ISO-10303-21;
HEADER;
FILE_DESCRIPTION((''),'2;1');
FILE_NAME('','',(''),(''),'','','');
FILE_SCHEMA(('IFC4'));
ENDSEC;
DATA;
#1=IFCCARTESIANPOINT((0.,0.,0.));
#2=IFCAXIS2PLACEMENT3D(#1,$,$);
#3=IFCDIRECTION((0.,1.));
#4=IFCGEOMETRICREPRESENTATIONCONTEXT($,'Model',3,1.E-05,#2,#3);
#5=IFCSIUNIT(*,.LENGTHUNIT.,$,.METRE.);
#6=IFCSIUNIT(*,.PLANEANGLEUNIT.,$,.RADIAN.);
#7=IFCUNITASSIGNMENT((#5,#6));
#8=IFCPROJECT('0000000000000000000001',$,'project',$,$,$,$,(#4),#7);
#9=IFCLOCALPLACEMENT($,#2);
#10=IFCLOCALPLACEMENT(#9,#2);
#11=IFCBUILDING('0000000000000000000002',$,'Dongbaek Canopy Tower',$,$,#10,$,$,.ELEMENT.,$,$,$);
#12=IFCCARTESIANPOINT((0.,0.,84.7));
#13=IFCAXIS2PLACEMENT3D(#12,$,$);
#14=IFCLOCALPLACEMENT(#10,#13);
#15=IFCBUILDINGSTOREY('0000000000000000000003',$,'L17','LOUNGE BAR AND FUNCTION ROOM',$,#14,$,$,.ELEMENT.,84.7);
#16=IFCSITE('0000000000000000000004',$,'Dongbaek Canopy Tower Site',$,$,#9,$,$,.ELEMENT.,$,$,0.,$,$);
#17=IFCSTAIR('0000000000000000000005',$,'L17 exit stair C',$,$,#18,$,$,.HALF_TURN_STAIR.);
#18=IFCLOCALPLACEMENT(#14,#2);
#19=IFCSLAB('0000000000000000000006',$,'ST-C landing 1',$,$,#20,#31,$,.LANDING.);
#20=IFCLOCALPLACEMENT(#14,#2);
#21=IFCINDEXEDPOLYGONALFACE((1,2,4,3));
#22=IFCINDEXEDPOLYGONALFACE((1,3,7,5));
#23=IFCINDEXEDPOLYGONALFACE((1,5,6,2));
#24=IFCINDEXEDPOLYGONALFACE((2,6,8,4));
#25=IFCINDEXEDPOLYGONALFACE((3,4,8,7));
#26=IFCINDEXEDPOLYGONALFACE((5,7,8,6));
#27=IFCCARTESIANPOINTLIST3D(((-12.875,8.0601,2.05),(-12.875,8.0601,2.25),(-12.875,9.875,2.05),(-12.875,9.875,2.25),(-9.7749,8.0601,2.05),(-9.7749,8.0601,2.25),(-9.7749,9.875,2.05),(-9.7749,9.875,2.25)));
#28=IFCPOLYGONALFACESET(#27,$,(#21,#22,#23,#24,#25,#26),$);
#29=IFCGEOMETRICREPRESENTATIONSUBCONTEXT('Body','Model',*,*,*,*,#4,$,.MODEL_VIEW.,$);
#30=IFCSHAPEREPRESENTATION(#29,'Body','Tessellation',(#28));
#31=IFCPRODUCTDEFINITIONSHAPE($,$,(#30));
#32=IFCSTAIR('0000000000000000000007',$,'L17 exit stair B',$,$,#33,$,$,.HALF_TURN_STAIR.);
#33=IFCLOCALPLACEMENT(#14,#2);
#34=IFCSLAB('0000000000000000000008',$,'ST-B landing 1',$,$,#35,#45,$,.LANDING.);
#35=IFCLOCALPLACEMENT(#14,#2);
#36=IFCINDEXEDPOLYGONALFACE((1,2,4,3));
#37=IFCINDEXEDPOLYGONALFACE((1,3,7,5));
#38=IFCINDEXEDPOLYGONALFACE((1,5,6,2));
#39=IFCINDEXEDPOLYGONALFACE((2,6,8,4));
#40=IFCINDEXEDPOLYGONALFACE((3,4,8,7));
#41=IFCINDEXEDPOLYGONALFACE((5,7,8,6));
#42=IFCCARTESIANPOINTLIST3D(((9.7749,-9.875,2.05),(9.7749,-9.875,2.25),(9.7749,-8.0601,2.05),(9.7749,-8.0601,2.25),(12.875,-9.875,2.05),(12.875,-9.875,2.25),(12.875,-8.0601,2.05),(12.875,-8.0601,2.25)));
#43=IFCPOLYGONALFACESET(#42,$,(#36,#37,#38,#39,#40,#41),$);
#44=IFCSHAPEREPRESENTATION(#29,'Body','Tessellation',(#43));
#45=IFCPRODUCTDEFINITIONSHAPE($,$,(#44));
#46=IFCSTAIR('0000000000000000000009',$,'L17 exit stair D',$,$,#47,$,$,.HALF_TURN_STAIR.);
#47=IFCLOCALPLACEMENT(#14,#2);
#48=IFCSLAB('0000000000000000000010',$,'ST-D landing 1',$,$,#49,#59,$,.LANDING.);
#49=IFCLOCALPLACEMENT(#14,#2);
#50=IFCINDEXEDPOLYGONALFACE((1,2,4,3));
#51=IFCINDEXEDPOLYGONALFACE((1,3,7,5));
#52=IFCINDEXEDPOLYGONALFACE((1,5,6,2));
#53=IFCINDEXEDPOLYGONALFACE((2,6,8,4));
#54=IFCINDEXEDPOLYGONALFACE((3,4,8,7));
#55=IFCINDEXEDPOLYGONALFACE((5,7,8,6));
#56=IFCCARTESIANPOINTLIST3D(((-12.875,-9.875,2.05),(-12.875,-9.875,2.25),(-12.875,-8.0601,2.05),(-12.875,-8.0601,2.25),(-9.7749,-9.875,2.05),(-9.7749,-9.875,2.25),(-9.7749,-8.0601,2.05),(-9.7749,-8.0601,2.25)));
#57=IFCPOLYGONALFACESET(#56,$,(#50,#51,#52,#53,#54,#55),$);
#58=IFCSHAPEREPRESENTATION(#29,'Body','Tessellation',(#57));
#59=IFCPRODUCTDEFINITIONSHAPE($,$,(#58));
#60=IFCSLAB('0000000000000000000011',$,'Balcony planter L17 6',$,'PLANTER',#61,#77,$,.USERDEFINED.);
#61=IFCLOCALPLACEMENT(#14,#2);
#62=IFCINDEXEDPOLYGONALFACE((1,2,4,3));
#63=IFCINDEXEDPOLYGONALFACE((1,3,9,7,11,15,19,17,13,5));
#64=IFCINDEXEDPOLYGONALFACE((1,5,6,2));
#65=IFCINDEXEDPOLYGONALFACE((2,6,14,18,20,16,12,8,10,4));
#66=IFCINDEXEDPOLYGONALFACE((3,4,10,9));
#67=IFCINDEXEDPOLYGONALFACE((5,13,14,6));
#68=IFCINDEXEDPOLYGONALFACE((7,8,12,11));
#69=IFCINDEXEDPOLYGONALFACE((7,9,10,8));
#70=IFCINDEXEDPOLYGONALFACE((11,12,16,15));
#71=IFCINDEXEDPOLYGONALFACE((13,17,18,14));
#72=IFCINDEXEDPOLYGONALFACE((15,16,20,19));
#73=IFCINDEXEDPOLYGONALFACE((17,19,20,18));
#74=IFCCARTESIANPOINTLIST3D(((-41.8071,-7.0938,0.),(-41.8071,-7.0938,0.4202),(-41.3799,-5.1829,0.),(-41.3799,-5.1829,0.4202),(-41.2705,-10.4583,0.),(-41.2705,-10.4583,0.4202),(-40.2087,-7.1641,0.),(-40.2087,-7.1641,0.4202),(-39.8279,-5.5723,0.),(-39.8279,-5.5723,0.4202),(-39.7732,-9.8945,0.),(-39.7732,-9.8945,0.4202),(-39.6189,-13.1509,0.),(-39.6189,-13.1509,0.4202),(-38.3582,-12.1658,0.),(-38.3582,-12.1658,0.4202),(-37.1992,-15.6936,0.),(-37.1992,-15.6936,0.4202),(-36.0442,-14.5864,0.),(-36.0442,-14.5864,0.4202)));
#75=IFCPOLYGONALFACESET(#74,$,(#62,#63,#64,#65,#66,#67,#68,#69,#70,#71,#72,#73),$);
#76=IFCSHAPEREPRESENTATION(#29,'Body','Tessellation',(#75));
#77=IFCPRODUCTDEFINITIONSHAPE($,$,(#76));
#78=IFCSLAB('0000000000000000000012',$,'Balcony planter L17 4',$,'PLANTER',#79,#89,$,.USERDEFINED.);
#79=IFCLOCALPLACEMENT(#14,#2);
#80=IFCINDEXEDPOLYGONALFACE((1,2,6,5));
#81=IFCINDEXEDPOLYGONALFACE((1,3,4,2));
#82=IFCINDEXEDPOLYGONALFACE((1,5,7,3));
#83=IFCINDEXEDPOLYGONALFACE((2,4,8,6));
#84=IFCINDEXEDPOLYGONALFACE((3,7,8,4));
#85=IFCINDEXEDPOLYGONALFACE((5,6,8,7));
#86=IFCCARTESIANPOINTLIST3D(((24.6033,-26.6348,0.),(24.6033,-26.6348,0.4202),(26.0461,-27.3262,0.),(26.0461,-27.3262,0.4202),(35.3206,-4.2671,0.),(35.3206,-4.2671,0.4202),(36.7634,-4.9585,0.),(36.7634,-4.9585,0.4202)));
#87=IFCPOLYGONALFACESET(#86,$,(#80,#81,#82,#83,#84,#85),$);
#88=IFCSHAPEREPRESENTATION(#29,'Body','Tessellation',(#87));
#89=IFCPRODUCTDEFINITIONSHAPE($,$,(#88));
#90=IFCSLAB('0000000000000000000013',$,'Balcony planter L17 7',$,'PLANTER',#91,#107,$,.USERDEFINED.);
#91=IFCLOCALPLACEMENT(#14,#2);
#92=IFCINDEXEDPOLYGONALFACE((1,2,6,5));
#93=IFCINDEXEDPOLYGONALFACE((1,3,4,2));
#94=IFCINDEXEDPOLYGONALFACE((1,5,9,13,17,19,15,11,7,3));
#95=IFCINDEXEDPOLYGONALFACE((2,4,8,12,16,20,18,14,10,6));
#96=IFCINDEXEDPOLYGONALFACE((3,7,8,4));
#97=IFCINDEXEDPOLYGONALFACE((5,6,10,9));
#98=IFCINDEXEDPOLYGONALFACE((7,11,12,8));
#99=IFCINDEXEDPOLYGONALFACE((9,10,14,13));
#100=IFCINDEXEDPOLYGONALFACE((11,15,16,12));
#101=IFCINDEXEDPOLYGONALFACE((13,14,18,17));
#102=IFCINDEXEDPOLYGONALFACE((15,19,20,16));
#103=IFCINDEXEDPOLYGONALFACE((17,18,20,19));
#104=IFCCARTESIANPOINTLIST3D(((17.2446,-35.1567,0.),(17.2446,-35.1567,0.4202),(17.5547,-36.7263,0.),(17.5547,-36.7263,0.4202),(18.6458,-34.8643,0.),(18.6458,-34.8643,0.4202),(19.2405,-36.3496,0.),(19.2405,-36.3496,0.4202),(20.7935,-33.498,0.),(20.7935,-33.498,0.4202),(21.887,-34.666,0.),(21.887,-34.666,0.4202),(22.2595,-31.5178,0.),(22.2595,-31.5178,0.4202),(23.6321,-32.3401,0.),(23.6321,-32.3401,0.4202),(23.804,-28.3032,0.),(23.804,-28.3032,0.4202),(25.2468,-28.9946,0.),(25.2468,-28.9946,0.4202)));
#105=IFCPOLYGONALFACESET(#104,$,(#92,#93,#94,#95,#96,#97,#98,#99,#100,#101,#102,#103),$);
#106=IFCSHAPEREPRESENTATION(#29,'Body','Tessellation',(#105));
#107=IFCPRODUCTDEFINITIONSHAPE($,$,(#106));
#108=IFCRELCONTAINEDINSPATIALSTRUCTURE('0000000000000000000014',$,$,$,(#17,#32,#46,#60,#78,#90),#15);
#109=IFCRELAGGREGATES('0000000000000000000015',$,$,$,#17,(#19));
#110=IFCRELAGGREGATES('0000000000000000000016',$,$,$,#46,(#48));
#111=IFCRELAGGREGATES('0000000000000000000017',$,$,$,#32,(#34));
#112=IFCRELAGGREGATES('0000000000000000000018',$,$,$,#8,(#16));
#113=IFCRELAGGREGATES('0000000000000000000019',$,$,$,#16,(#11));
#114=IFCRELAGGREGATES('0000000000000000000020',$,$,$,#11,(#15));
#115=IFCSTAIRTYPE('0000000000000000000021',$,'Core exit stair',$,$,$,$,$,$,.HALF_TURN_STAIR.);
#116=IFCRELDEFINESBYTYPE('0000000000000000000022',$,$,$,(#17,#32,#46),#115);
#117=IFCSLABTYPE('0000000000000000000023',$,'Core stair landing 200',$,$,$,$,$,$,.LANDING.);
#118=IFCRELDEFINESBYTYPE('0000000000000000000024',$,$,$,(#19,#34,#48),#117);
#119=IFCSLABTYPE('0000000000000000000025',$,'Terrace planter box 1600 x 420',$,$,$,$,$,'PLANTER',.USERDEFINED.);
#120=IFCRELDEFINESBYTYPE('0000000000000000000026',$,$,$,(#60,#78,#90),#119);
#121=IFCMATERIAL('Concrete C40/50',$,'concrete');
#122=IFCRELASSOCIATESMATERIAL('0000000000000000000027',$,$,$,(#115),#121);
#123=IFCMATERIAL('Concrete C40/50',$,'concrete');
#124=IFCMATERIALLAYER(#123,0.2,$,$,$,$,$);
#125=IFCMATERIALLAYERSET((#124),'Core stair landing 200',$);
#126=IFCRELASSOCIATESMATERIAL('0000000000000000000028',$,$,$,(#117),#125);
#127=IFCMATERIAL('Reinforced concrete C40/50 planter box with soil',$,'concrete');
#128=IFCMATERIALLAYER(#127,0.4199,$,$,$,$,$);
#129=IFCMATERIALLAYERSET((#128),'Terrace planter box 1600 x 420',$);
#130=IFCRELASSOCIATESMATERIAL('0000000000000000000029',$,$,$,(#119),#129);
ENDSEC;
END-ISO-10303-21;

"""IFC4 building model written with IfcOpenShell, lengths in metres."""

from ifc_helpers import new_model, si_unit, direction, frame, origin, place, context, subcontext, project, spatial, polyline, outline, extrude, material, layer, layer_set, type_object, element, aggregate, save


model = new_model("IFC4")

# Units and contexts
model_context = context("Model", 3, precision=1e-05, world=origin(), true_north=direction((0.0, 1.0)))
body_context = subcontext(model_context, "Body", "Model", "MODEL_VIEW")
ifc_project = project(units=[si_unit("LENGTHUNIT", "METRE"), si_unit("PLANEANGLEUNIT", "RADIAN")], contexts=[model_context])

# Site, building, storey
site_placement = place(None, origin())
site = spatial("IfcSite", under=ifc_project, at=site_placement, Name="Dongbaek Canopy Tower Site", CompositionType="ELEMENT", RefElevation=0.0)
building_placement = place(site_placement, origin())
building = spatial("IfcBuilding", under=site, at=building_placement, Name="Dongbaek Canopy Tower", CompositionType="ELEMENT")
storey_placement = place(building_placement, frame((0.0, 0.0, 84.7)))
storey = spatial("IfcBuildingStorey", under=building, at=storey_placement, Name="L17", Description="LOUNGE BAR AND FUNCTION ROOM", CompositionType="ELEMENT", Elevation=84.7)

# Stairs, slabs
ifc_material_1 = material(Name="Concrete C40/50", Category="concrete")
stair_type = type_object("IfcStairType", Name="Core exit stair", PredefinedType="HALF_TURN_STAIR", material=ifc_material_1)
ifc_material_2 = material(Name="Concrete C40/50", Category="concrete")
ifc_layer_1 = layer(ifc_material_2, 0.2)
ifc_layer_set_1 = layer_set([ifc_layer_1], Name="Core stair landing 200")
slab_type_1 = type_object("IfcSlabType", Name="Core stair landing 200", PredefinedType="LANDING", material=ifc_layer_set_1)
stair_1_placement = place(storey_placement, origin())
stair_1 = element("IfcStair", 1, at=stair_1_placement, inside=storey, type_object=stair_type, Name="L17 exit stair C", PredefinedType="HALF_TURN_STAIR")
slab_1_placement = place(storey_placement, frame((0.0, 0.0, 2.05)))
slab_1 = element("IfcSlab", 2, at=slab_1_placement, type_object=slab_type_1, Name="ST-C landing 1", PredefinedType="LANDING", context=body_context, shape_type="SweptSolid", body=[
    extrude(outline(polyline([(-9.7749, 8.0601), (-9.7749, 9.875), (-12.875, 9.875), (-12.875, 8.0601), (-9.7749, 8.0601)])), origin(), (0.0, 0.0, 1.0), 0.2),
])
aggregate(stair_1, [slab_1])
stair_2_placement = place(storey_placement, origin())
stair_2 = element("IfcStair", 3, at=stair_2_placement, inside=storey, type_object=stair_type, Name="L17 exit stair B", PredefinedType="HALF_TURN_STAIR")
slab_2_placement = place(storey_placement, frame((0.0, 0.0, 2.05)))
slab_2 = element("IfcSlab", 4, at=slab_2_placement, type_object=slab_type_1, Name="ST-B landing 1", PredefinedType="LANDING", context=body_context, shape_type="SweptSolid", body=[
    extrude(outline(polyline([(9.7749, -8.0601), (9.7749, -9.875), (12.875, -9.875), (12.875, -8.0601), (9.7749, -8.0601)])), origin(), (0.0, 0.0, 1.0), 0.2),
])
stair_3_placement = place(storey_placement, origin())
stair_3 = element("IfcStair", 5, at=stair_3_placement, inside=storey, type_object=stair_type, Name="L17 exit stair D", PredefinedType="HALF_TURN_STAIR")
slab_3_placement = place(storey_placement, frame((0.0, 0.0, 2.05)))
slab_3 = element("IfcSlab", 6, at=slab_3_placement, type_object=slab_type_1, Name="ST-D landing 1", PredefinedType="LANDING", context=body_context, shape_type="SweptSolid", body=[
    extrude(outline(polyline([(-12.875, -8.0601), (-12.875, -9.875), (-9.7749, -9.875), (-9.7749, -8.0601), (-12.875, -8.0601)])), origin(), (0.0, 0.0, 1.0), 0.2),
])
aggregate(stair_3, [slab_3])

# Slabs
ifc_material_3 = material(Name="Reinforced concrete C40/50 planter box with soil", Category="concrete")
ifc_layer_2 = layer(ifc_material_3, 0.4199)
ifc_layer_set_2 = layer_set([ifc_layer_2], Name="Terrace planter box 1600 x 420")
slab_type_2 = type_object("IfcSlabType", Name="Terrace planter box 1600 x 420", ElementType="PLANTER", PredefinedType="USERDEFINED", material=ifc_layer_set_2)
slab_4_placement = place(storey_placement, origin())
element("IfcSlab", 7, at=slab_4_placement, inside=storey, type_object=slab_type_2, Name="Balcony planter L17 6", ObjectType="PLANTER", PredefinedType="USERDEFINED", context=body_context, shape_type="SweptSolid", body=[
    extrude(outline(polyline([(-39.8279, -5.5723), (-40.2087, -7.1641), (-39.7732, -9.8945), (-38.3582, -12.1658), (-36.0442, -14.5864), (-37.1992, -15.6936), (-39.6189, -13.1509), (-41.2705, -10.4583), (-41.8071, -7.0938), (-41.3799, -5.1829), (-39.8279, -5.5723)])), origin(), (0.0, 0.0, 1.0), 0.4202),
])
slab_5_placement = place(storey_placement, origin())
element("IfcSlab", 8, at=slab_5_placement, inside=storey, type_object=slab_type_2, Name="Balcony planter L17 4", ObjectType="PLANTER", PredefinedType="USERDEFINED", context=body_context, shape_type="SweptSolid", body=[
    extrude(outline(polyline([(24.6033, -26.6348), (35.3206, -4.2671), (36.7634, -4.9585), (26.0461, -27.3262), (24.6033, -26.6348)])), origin(), (0.0, 0.0, 1.0), 0.4202),
])
slab_6_placement = place(storey_placement, origin())
element("IfcSlab", 9, at=slab_6_placement, inside=storey, type_object=slab_type_2, Name="Balcony planter L17 7", ObjectType="PLANTER", PredefinedType="USERDEFINED", context=body_context, shape_type="SweptSolid", body=[
    extrude(outline(polyline([(17.2446, -35.1567), (18.6458, -34.8643), (20.7935, -33.498), (22.2595, -31.5178), (23.804, -28.3032), (25.2468, -28.9946), (23.6321, -32.3401), (21.887, -34.666), (19.2405, -36.3496), (17.5547, -36.7263), (17.2446, -35.1567)])), origin(), (0.0, 0.0, 1.0), 0.4202),
])

aggregate(stair_2, [slab_2])

save(model, "model.ifc")
